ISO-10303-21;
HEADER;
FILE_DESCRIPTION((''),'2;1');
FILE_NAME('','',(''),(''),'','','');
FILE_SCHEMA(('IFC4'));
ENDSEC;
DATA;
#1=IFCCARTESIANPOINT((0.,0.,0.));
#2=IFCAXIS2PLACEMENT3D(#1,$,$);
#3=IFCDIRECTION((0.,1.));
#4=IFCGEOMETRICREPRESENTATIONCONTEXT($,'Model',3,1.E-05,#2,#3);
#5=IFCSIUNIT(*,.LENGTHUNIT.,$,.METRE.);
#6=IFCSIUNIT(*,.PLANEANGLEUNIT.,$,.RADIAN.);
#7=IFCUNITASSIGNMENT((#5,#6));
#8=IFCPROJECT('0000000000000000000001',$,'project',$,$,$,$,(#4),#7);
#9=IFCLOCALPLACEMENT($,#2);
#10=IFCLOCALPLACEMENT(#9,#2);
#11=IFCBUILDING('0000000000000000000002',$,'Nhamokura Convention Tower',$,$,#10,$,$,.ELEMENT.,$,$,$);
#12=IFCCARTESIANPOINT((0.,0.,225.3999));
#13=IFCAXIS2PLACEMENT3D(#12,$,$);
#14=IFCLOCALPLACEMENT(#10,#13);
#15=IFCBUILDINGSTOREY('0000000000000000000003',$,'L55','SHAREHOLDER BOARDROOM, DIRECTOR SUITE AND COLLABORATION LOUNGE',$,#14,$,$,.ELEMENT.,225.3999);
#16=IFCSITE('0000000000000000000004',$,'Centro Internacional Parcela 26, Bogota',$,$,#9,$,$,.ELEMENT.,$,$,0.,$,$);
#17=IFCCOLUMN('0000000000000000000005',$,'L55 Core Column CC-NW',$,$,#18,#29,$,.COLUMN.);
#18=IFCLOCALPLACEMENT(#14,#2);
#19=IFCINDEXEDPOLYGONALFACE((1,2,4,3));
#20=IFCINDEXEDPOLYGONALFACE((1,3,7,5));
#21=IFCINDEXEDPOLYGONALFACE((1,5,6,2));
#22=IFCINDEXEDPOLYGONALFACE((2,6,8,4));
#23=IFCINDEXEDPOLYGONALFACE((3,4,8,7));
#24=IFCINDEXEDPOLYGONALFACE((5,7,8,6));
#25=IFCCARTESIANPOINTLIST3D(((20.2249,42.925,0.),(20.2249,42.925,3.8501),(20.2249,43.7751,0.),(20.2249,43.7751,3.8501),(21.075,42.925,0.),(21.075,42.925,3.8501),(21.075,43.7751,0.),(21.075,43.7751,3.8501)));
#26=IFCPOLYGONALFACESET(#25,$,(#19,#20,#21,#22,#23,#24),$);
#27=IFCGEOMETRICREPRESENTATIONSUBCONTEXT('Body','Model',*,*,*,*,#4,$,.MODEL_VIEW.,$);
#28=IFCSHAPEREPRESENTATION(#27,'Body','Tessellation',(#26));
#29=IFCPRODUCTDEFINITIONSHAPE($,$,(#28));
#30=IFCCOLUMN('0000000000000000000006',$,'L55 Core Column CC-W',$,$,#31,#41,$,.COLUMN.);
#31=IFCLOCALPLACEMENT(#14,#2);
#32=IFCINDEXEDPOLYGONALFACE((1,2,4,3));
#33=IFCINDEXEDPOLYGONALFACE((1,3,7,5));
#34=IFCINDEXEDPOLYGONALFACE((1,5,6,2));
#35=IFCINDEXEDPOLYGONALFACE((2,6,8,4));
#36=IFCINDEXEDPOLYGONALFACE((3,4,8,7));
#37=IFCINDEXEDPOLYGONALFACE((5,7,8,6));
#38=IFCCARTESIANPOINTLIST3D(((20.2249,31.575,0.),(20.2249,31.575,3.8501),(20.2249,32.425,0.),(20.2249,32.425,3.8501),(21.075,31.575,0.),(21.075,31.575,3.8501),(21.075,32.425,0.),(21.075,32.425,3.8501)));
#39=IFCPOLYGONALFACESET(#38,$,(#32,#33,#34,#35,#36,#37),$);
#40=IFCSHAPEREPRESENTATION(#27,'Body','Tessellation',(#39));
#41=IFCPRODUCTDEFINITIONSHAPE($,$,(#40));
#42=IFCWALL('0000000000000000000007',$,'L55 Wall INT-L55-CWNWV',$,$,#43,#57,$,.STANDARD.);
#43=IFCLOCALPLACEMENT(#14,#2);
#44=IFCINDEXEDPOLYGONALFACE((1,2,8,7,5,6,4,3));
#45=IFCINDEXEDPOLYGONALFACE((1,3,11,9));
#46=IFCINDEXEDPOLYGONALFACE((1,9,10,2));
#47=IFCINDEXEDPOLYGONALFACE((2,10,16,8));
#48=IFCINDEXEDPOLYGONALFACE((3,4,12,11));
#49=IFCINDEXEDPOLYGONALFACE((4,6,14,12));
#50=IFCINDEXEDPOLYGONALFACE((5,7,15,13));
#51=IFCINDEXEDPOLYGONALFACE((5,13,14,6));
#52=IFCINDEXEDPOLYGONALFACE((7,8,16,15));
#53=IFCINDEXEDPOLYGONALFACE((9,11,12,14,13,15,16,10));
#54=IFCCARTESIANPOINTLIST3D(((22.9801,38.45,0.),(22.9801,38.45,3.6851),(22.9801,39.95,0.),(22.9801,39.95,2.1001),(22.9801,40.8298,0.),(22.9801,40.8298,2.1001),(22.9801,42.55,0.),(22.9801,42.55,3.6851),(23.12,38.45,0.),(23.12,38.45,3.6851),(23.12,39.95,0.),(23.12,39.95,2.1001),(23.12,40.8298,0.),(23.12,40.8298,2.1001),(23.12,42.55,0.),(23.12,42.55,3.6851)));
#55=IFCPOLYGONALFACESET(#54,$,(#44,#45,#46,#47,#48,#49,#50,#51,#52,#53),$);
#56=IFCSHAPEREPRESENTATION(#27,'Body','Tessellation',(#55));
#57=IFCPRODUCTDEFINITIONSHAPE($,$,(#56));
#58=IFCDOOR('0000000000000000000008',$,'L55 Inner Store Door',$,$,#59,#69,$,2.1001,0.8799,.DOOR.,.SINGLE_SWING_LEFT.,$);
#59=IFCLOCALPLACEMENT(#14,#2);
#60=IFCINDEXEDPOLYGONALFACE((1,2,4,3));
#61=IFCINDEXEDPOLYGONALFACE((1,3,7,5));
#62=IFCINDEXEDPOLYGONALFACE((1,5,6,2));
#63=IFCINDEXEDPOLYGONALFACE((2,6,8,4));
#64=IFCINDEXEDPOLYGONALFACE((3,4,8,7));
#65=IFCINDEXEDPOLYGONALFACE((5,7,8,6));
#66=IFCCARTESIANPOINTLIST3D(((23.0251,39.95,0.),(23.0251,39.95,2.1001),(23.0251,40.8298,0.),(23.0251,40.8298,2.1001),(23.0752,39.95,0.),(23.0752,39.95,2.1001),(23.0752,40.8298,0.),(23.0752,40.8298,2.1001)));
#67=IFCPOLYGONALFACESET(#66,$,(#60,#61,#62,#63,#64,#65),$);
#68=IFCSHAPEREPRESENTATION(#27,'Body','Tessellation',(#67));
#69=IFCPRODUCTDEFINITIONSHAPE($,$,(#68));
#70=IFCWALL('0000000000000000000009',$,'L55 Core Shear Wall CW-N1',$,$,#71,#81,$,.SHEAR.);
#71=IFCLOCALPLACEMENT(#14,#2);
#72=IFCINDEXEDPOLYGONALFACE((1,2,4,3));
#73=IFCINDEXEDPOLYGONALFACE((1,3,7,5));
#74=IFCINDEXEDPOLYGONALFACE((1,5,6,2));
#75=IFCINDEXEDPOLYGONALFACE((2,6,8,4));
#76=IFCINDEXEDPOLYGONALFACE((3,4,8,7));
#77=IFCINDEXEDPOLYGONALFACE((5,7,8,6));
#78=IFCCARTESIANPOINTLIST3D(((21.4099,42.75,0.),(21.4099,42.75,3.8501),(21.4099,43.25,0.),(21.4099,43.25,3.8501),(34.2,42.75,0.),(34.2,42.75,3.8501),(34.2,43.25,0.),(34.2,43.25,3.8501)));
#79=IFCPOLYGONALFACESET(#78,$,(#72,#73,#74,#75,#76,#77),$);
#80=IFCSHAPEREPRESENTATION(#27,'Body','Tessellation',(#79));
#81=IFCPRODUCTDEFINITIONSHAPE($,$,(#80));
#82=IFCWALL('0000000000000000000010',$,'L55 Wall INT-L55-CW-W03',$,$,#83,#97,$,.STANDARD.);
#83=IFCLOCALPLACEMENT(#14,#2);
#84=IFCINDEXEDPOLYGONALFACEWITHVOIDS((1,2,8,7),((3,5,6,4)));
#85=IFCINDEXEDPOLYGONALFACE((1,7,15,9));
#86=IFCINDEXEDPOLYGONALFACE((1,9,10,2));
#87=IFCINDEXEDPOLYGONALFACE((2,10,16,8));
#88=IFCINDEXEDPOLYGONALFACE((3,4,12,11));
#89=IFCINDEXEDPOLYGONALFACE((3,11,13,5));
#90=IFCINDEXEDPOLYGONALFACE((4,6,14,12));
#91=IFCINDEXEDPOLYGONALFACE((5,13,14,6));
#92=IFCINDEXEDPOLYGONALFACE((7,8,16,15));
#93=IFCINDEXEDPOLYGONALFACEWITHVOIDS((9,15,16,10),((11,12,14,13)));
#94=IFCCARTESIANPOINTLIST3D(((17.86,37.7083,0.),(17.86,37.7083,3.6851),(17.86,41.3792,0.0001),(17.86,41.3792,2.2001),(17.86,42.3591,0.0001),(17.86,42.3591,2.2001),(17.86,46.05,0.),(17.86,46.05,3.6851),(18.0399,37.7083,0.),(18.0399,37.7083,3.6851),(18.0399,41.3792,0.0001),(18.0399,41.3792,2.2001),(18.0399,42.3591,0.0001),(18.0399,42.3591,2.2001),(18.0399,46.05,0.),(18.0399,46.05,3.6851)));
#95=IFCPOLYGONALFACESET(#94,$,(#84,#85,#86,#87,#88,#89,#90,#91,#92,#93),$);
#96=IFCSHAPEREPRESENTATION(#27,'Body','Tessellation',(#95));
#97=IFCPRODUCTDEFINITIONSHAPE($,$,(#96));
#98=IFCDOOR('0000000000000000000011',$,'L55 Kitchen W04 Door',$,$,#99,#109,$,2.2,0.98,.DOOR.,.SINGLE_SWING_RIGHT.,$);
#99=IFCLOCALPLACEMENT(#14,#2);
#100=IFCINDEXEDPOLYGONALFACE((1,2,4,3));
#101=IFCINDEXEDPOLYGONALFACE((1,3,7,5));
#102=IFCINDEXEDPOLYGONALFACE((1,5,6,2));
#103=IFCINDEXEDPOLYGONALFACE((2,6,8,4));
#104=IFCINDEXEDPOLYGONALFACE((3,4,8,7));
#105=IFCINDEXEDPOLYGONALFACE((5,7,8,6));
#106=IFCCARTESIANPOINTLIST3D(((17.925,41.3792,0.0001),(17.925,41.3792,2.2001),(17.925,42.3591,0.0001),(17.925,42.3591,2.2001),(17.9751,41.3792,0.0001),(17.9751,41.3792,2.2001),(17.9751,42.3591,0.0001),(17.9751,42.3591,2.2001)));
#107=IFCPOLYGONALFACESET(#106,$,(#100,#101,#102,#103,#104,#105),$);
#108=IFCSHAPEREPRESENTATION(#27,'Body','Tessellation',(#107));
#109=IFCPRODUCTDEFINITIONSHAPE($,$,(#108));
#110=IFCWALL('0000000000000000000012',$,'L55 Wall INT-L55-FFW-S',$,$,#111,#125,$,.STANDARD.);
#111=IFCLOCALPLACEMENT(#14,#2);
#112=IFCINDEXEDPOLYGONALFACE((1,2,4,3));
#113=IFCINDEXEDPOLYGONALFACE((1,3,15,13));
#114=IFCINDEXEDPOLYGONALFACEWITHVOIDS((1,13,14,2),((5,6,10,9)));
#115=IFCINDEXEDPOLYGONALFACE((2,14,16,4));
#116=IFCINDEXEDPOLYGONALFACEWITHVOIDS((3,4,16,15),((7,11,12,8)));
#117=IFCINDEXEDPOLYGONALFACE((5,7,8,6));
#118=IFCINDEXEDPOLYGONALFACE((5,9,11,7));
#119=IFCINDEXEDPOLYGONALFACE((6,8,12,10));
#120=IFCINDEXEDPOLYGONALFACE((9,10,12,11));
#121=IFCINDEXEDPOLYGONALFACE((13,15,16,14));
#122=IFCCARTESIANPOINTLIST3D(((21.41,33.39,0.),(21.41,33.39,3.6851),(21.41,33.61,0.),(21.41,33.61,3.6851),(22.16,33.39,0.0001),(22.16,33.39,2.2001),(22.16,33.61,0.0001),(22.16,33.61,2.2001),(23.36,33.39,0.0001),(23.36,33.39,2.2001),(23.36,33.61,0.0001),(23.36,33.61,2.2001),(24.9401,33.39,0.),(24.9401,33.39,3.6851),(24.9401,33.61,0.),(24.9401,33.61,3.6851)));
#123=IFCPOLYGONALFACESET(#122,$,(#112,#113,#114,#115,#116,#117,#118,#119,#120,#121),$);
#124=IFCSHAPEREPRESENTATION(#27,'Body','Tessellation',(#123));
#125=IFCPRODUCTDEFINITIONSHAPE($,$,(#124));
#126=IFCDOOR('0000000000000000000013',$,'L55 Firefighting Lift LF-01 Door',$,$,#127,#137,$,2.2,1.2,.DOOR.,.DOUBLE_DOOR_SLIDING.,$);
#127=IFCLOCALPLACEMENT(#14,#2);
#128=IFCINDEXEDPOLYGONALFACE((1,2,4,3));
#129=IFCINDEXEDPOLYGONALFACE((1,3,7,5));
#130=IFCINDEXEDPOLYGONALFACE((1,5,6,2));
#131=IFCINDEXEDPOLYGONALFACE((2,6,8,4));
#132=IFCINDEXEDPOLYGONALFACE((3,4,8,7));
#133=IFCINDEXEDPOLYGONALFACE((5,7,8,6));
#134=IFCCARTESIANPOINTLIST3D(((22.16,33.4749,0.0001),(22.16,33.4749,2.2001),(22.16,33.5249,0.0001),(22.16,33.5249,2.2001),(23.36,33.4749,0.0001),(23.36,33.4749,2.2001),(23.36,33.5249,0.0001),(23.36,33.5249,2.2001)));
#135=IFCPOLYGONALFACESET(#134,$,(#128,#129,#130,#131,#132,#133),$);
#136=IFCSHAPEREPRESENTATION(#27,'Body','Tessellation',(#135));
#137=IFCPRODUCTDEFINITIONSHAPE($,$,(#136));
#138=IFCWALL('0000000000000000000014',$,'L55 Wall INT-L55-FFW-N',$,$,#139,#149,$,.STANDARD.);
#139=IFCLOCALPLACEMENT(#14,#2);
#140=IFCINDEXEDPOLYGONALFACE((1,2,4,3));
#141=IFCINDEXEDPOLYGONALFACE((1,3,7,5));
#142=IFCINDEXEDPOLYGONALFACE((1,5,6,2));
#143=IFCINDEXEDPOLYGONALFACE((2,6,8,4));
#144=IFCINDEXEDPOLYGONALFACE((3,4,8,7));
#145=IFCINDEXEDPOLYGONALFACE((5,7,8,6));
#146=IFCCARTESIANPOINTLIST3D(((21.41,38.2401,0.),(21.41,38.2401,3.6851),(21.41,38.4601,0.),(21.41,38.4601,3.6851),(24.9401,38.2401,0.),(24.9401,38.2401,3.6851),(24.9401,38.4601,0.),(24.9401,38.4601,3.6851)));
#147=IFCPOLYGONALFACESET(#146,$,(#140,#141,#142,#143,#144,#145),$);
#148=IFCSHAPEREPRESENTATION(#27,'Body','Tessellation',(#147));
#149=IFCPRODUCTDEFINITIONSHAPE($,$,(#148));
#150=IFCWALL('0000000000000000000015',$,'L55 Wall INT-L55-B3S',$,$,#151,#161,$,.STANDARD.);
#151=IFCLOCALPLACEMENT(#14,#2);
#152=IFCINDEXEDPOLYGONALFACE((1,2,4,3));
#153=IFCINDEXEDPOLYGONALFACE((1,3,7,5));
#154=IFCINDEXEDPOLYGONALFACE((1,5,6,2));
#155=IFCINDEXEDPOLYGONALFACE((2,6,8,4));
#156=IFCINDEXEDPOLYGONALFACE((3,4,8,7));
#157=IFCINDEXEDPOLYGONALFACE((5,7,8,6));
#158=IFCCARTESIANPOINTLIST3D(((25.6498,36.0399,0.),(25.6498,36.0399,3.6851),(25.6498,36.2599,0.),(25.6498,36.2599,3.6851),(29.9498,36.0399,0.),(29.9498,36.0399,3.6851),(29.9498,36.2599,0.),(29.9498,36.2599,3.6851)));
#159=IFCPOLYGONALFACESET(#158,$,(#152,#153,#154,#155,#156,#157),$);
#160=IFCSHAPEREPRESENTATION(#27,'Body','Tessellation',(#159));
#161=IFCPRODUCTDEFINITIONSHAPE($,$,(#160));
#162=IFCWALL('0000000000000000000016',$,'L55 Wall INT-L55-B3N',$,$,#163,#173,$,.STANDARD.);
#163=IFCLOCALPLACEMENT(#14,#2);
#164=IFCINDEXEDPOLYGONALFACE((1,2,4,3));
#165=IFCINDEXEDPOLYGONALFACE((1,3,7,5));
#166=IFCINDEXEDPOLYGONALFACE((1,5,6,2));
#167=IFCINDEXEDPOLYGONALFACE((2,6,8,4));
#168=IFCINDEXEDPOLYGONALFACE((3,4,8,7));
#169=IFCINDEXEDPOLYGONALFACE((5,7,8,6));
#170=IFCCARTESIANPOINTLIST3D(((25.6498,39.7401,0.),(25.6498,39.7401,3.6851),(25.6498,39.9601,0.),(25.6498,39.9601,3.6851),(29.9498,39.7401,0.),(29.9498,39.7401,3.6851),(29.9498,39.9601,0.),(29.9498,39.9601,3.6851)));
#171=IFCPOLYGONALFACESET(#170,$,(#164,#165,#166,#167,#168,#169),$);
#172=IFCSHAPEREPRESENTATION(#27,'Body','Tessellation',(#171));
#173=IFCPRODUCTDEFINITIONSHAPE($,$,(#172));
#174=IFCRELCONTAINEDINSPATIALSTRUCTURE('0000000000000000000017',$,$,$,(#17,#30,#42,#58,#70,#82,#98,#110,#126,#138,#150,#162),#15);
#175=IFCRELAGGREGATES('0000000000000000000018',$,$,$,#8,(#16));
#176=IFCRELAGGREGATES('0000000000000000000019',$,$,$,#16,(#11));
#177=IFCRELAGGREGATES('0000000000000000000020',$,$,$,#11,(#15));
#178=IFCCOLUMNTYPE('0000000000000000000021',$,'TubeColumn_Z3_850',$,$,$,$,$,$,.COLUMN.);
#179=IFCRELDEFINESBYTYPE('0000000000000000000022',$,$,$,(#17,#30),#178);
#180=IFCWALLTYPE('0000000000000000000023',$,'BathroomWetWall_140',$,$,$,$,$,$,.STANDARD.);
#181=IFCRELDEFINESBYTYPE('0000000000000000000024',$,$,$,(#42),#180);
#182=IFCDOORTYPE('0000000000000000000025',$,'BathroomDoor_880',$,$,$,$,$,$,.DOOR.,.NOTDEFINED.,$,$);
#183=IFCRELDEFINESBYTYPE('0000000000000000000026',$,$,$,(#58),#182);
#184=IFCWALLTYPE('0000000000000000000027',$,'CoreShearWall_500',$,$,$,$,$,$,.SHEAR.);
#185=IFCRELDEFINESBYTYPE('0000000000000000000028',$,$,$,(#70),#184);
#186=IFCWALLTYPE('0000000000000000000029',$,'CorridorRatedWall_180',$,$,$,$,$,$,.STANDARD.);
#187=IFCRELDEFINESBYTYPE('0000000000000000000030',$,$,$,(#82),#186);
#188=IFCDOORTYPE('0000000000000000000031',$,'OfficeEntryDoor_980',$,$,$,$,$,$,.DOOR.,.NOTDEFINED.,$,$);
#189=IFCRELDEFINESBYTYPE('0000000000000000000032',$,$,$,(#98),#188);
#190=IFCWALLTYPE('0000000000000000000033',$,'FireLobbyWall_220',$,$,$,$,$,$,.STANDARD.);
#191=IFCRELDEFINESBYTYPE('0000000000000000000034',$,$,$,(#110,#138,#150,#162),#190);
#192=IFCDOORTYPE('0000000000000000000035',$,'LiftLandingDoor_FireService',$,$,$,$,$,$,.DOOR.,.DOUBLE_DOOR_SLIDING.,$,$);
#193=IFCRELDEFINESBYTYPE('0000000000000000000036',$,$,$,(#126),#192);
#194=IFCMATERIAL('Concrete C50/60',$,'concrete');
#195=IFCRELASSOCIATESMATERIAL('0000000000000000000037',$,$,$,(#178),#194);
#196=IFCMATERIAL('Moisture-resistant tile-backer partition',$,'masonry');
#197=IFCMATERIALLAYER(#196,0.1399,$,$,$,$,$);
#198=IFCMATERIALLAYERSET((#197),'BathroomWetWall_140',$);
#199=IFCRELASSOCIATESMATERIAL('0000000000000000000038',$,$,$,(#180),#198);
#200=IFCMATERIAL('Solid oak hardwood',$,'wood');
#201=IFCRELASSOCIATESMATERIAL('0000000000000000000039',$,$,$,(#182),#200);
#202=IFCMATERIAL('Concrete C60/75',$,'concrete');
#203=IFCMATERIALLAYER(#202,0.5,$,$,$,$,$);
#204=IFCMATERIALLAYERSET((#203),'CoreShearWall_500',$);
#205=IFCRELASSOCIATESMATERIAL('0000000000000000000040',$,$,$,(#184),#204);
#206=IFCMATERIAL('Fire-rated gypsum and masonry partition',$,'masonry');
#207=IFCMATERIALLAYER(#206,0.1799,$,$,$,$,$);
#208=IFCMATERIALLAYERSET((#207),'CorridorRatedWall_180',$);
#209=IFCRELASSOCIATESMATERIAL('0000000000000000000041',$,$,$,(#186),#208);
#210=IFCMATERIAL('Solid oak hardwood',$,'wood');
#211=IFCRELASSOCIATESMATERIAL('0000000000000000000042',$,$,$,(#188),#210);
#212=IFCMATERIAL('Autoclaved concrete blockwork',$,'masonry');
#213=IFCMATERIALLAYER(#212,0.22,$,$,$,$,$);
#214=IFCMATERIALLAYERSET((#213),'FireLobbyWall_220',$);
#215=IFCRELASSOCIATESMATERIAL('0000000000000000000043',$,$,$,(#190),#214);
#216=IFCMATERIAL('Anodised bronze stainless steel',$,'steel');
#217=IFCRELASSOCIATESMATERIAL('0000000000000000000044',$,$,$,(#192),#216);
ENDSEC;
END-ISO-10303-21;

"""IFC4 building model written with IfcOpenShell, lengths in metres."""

from ifc_helpers import new_model, si_unit, direction, frame, frame_2d, origin, origin_2d, place, context, subcontext, project, spatial, rectangle, extrude, material, layer, layer_set, material_profile, profile_set, type_object, element, fill, save


model = new_model("IFC4")

# Units and contexts
model_context = context("Model", 3, precision=1e-05, world=origin(), true_north=direction((0.0, 1.0)))
body_context = subcontext(model_context, "Body", "Model", "MODEL_VIEW")
ifc_project = project(units=[si_unit("LENGTHUNIT", "METRE"), si_unit("PLANEANGLEUNIT", "RADIAN")], contexts=[model_context])

# Site, building, storey
site_placement = place(None, origin())
site = spatial("IfcSite", under=ifc_project, at=site_placement, Name="Centro Internacional Parcela 26, Bogota", CompositionType="ELEMENT", RefElevation=0.0)
building_placement = place(site_placement, origin())
building = spatial("IfcBuilding", under=site, at=building_placement, Name="Nhamokura Convention Tower", CompositionType="ELEMENT")
storey_placement = place(building_placement, frame((0.0, 0.0, 225.3999)))
storey = spatial("IfcBuildingStorey", under=building, at=storey_placement, Name="L55", Description="SHAREHOLDER BOARDROOM, DIRECTOR SUITE AND COLLABORATION LOUNGE", CompositionType="ELEMENT", Elevation=225.3999)

# Columns
ifc_material_1 = material(Name="Concrete C50/60", Category="concrete")
ifc_material_profile = material_profile(ifc_material_1, rectangle(XDim=0.8501, YDim=0.8501, at=origin_2d()))
ifc_profile_set = profile_set([ifc_material_profile], Name="Concrete C50/60")
column_type = type_object("IfcColumnType", Name="TubeColumn_Z3_850", PredefinedType="COLUMN", material=ifc_profile_set)
for number, where, z_axis, x_axis, name in (
    (1, (20.6499, 43.3501, 0.0), (0.0, 0.0, 1.0), (1.0, 0.0, 0.0), "L55 Core Column CC-NW"),
    (2, (20.6499, 32.0, 0.0), (0.0, 0.0, 1.0), (1.0, 0.0, 0.0), "L55 Core Column CC-W"),
):
    element("IfcColumn", number, at=place(storey_placement, frame(where, z_axis=z_axis, x_axis=x_axis)), inside=storey, type_object=column_type, Name=name, PredefinedType="COLUMN", context=body_context, shape_type="SweptSolid", body=[
        extrude(rectangle(XDim=0.8501, YDim=0.8501, at=origin_2d()), origin(), (0.0, 0.0, 1.0), 3.8501),
    ])

# Wall, opening, door
ifc_material_2 = material(Name="Moisture-resistant tile-backer partition", Category="masonry")
ifc_layer_1 = layer(ifc_material_2, 0.1399)
ifc_layer_set_1 = layer_set([ifc_layer_1], Name="BathroomWetWall_140")
wall_type_1 = type_object("IfcWallType", Name="BathroomWetWall_140", PredefinedType="STANDARD", material=ifc_layer_set_1)
wall_1_placement = place(storey_placement, frame((23.05, 38.45, 0.0), z_axis=(0.0, 0.0, 1.0), x_axis=(0.0, 1.0, 0.0)))
wall_1 = element("IfcWall", 3, at=wall_1_placement, inside=storey, type_object=wall_type_1, Name="L55 Wall INT-L55-CWNWV", PredefinedType="STANDARD", context=body_context, shape_type="SweptSolid", body=[
    extrude(rectangle(XDim=4.1001, YDim=0.1399, at=frame_2d((2.05, 0.0))), origin(), (0.0, 0.0, 1.0), 3.6851),
])
opening_1_placement = place(wall_1_placement, frame((1.5, 0.0, 0.0)))
opening_1 = element("IfcOpeningElement", 4, at=opening_1_placement, cuts=wall_1, PredefinedType="OPENING", context=body_context, shape_type="SweptSolid", body=[
    extrude(rectangle(XDim=0.8799, YDim=2.1001, at=frame_2d((0.4399, 1.05))), frame((0.0, 0.0798, 0.0), z_axis=(0.0, -1.0, 0.0), x_axis=(1.0, 0.0, 0.0)), (0.0, 0.0, 1.0), 0.1599),
])
ifc_material_3 = material(Name="Solid oak hardwood", Category="wood")
door_type_1 = type_object("IfcDoorType", Name="BathroomDoor_880", OperationType="NOTDEFINED", PredefinedType="DOOR", material=ifc_material_3)
door_1_placement = place(opening_1_placement, origin())
door_1 = element("IfcDoor", 5, at=door_1_placement, inside=storey, type_object=door_type_1, Name="L55 Inner Store Door", OperationType="SINGLE_SWING_LEFT", OverallHeight=2.1001, OverallWidth=0.8799, PredefinedType="DOOR", context=body_context, shape_type="SweptSolid", body=[
    extrude(rectangle(XDim=0.8799, YDim=2.1001, at=frame_2d((0.4399, 1.05))), frame((0.0, 0.0249, 0.0), z_axis=(0.0, -1.0, 0.0), x_axis=(1.0, 0.0, 0.0)), (0.0, 0.0, 1.0), 0.05),
])
fill(opening_1, door_1)

# Wall
ifc_material_4 = material(Name="Concrete C60/75", Category="concrete")
ifc_layer_2 = layer(ifc_material_4, 0.5)
ifc_layer_set_2 = layer_set([ifc_layer_2], Name="CoreShearWall_500")
wall_type_2 = type_object("IfcWallType", Name="CoreShearWall_500", PredefinedType="SHEAR", material=ifc_layer_set_2)
wall_2_placement = place(storey_placement, frame((21.4099, 43.0, 0.0), z_axis=(0.0, 0.0, 1.0), x_axis=(1.0, 0.0, 0.0)))
element("IfcWall", 6, at=wall_2_placement, inside=storey, type_object=wall_type_2, Name="L55 Core Shear Wall CW-N1", PredefinedType="SHEAR", context=body_context, shape_type="SweptSolid", body=[
    extrude(rectangle(XDim=12.79, YDim=0.5, at=frame_2d((6.395, 0.0))), origin(), (0.0, 0.0, 1.0), 3.8501),
])

# Walls, openings, doors
ifc_material_5 = material(Name="Fire-rated gypsum and masonry partition", Category="masonry")
ifc_layer_3 = layer(ifc_material_5, 0.1799)
ifc_layer_set_3 = layer_set([ifc_layer_3], Name="CorridorRatedWall_180")
wall_type_3 = type_object("IfcWallType", Name="CorridorRatedWall_180", PredefinedType="STANDARD", material=ifc_layer_set_3)
wall_3_placement = place(storey_placement, frame((17.95, 37.7083, 0.0), z_axis=(0.0, 0.0, 1.0), x_axis=(0.0, 1.0, 0.0)))
wall_3 = element("IfcWall", 7, at=wall_3_placement, inside=storey, type_object=wall_type_3, Name="L55 Wall INT-L55-CW-W03", PredefinedType="STANDARD", context=body_context, shape_type="SweptSolid", body=[
    extrude(rectangle(XDim=8.3418, YDim=0.1799, at=frame_2d((4.1709, 0.0))), origin(), (0.0, 0.0, 1.0), 3.6851),
])
opening_2_placement = place(wall_3_placement, frame((3.6709, 0.0, 0.0)))
opening_2 = element("IfcOpeningElement", 8, at=opening_2_placement, cuts=wall_3, PredefinedType="OPENING", context=body_context, shape_type="SweptSolid", body=[
    extrude(rectangle(XDim=0.98, YDim=2.2, at=frame_2d((0.49, 1.1001))), frame((0.0, 0.0999, 0.0), z_axis=(0.0, -1.0, 0.0), x_axis=(1.0, 0.0, 0.0)), (0.0, 0.0, 1.0), 0.2),
])
ifc_material_6 = material(Name="Solid oak hardwood", Category="wood")
door_type_2 = type_object("IfcDoorType", Name="OfficeEntryDoor_980", OperationType="NOTDEFINED", PredefinedType="DOOR", material=ifc_material_6)
door_2_placement = place(opening_2_placement, origin())
door_2 = element("IfcDoor", 9, at=door_2_placement, inside=storey, type_object=door_type_2, Name="L55 Kitchen W04 Door", OperationType="SINGLE_SWING_RIGHT", OverallHeight=2.2, OverallWidth=0.98, PredefinedType="DOOR", context=body_context, shape_type="SweptSolid", body=[
    extrude(rectangle(XDim=0.98, YDim=2.2, at=frame_2d((0.49, 1.1001))), frame((0.0, 0.0249, 0.0), z_axis=(0.0, -1.0, 0.0), x_axis=(1.0, 0.0, 0.0)), (0.0, 0.0, 1.0), 0.05),
])
fill(opening_2, door_2)
ifc_material_7 = material(Name="Autoclaved concrete blockwork", Category="masonry")
ifc_layer_4 = layer(ifc_material_7, 0.22)
ifc_layer_set_4 = layer_set([ifc_layer_4], Name="FireLobbyWall_220")
wall_type_4 = type_object("IfcWallType", Name="FireLobbyWall_220", PredefinedType="STANDARD", material=ifc_layer_set_4)
wall_4_placement = place(storey_placement, frame((21.4099, 33.5, 0.0), z_axis=(0.0, 0.0, 1.0), x_axis=(1.0, 0.0, 0.0)))
wall_4 = element("IfcWall", 10, at=wall_4_placement, inside=storey, type_object=wall_type_4, Name="L55 Wall INT-L55-FFW-S", PredefinedType="STANDARD", context=body_context, shape_type="SweptSolid", body=[
    extrude(rectangle(XDim=3.53, YDim=0.22, at=frame_2d((1.7651, 0.0))), origin(), (0.0, 0.0, 1.0), 3.6851),
])
opening_3_placement = place(wall_4_placement, frame((0.75, 0.0, 0.0)))
opening_3 = element("IfcOpeningElement", 11, at=opening_3_placement, cuts=wall_4, PredefinedType="OPENING", context=body_context, shape_type="SweptSolid", body=[
    extrude(rectangle(XDim=1.2, YDim=2.2, at=frame_2d((0.6001, 1.1001))), frame((0.0, 0.1199, 0.0), z_axis=(0.0, -1.0, 0.0), x_axis=(1.0, 0.0, 0.0)), (0.0, 0.0, 1.0), 0.24),
])
ifc_material_8 = material(Name="Anodised bronze stainless steel", Category="steel")
door_type_3 = type_object("IfcDoorType", Name="LiftLandingDoor_FireService", OperationType="DOUBLE_DOOR_SLIDING", PredefinedType="DOOR", material=ifc_material_8)
door_3_placement = place(opening_3_placement, origin())
door_3 = element("IfcDoor", 12, at=door_3_placement, inside=storey, type_object=door_type_3, Name="L55 Firefighting Lift LF-01 Door", OperationType="DOUBLE_DOOR_SLIDING", OverallHeight=2.2, OverallWidth=1.2, PredefinedType="DOOR", context=body_context, shape_type="SweptSolid", body=[
    extrude(rectangle(XDim=1.2, YDim=2.2, at=frame_2d((0.6001, 1.1001))), frame((0.0, 0.0249, 0.0), z_axis=(0.0, -1.0, 0.0), x_axis=(1.0, 0.0, 0.0)), (0.0, 0.0, 1.0), 0.05),
])
fill(opening_3, door_3)

# Walls
wall_5_placement = place(storey_placement, frame((21.4099, 38.3501, 0.0), z_axis=(0.0, 0.0, 1.0), x_axis=(1.0, 0.0, 0.0)))
element("IfcWall", 13, at=wall_5_placement, inside=storey, type_object=wall_type_4, Name="L55 Wall INT-L55-FFW-N", PredefinedType="STANDARD", context=body_context, shape_type="SweptSolid", body=[
    extrude(rectangle(XDim=3.53, YDim=0.22, at=frame_2d((1.7651, 0.0))), origin(), (0.0, 0.0, 1.0), 3.6851),
])
for number, where, z_axis, x_axis, name in (
    (14, (25.6499, 36.1499, 0.0), (0.0, 0.0, 1.0), (1.0, 0.0, 0.0), "L55 Wall INT-L55-B3S"),
    (15, (25.6499, 39.8501, 0.0), (0.0, 0.0, 1.0), (1.0, 0.0, 0.0), "L55 Wall INT-L55-B3N"),
):
    element("IfcWall", number, at=place(storey_placement, frame(where, z_axis=z_axis, x_axis=x_axis)), inside=storey, type_object=wall_type_4, Name=name, PredefinedType="STANDARD", context=body_context, shape_type="SweptSolid", body=[
        extrude(rectangle(XDim=4.3, YDim=0.22, at=frame_2d((2.1499, 0.0))), origin(), (0.0, 0.0, 1.0), 3.6851),
    ])

save(model, "model.ifc")
